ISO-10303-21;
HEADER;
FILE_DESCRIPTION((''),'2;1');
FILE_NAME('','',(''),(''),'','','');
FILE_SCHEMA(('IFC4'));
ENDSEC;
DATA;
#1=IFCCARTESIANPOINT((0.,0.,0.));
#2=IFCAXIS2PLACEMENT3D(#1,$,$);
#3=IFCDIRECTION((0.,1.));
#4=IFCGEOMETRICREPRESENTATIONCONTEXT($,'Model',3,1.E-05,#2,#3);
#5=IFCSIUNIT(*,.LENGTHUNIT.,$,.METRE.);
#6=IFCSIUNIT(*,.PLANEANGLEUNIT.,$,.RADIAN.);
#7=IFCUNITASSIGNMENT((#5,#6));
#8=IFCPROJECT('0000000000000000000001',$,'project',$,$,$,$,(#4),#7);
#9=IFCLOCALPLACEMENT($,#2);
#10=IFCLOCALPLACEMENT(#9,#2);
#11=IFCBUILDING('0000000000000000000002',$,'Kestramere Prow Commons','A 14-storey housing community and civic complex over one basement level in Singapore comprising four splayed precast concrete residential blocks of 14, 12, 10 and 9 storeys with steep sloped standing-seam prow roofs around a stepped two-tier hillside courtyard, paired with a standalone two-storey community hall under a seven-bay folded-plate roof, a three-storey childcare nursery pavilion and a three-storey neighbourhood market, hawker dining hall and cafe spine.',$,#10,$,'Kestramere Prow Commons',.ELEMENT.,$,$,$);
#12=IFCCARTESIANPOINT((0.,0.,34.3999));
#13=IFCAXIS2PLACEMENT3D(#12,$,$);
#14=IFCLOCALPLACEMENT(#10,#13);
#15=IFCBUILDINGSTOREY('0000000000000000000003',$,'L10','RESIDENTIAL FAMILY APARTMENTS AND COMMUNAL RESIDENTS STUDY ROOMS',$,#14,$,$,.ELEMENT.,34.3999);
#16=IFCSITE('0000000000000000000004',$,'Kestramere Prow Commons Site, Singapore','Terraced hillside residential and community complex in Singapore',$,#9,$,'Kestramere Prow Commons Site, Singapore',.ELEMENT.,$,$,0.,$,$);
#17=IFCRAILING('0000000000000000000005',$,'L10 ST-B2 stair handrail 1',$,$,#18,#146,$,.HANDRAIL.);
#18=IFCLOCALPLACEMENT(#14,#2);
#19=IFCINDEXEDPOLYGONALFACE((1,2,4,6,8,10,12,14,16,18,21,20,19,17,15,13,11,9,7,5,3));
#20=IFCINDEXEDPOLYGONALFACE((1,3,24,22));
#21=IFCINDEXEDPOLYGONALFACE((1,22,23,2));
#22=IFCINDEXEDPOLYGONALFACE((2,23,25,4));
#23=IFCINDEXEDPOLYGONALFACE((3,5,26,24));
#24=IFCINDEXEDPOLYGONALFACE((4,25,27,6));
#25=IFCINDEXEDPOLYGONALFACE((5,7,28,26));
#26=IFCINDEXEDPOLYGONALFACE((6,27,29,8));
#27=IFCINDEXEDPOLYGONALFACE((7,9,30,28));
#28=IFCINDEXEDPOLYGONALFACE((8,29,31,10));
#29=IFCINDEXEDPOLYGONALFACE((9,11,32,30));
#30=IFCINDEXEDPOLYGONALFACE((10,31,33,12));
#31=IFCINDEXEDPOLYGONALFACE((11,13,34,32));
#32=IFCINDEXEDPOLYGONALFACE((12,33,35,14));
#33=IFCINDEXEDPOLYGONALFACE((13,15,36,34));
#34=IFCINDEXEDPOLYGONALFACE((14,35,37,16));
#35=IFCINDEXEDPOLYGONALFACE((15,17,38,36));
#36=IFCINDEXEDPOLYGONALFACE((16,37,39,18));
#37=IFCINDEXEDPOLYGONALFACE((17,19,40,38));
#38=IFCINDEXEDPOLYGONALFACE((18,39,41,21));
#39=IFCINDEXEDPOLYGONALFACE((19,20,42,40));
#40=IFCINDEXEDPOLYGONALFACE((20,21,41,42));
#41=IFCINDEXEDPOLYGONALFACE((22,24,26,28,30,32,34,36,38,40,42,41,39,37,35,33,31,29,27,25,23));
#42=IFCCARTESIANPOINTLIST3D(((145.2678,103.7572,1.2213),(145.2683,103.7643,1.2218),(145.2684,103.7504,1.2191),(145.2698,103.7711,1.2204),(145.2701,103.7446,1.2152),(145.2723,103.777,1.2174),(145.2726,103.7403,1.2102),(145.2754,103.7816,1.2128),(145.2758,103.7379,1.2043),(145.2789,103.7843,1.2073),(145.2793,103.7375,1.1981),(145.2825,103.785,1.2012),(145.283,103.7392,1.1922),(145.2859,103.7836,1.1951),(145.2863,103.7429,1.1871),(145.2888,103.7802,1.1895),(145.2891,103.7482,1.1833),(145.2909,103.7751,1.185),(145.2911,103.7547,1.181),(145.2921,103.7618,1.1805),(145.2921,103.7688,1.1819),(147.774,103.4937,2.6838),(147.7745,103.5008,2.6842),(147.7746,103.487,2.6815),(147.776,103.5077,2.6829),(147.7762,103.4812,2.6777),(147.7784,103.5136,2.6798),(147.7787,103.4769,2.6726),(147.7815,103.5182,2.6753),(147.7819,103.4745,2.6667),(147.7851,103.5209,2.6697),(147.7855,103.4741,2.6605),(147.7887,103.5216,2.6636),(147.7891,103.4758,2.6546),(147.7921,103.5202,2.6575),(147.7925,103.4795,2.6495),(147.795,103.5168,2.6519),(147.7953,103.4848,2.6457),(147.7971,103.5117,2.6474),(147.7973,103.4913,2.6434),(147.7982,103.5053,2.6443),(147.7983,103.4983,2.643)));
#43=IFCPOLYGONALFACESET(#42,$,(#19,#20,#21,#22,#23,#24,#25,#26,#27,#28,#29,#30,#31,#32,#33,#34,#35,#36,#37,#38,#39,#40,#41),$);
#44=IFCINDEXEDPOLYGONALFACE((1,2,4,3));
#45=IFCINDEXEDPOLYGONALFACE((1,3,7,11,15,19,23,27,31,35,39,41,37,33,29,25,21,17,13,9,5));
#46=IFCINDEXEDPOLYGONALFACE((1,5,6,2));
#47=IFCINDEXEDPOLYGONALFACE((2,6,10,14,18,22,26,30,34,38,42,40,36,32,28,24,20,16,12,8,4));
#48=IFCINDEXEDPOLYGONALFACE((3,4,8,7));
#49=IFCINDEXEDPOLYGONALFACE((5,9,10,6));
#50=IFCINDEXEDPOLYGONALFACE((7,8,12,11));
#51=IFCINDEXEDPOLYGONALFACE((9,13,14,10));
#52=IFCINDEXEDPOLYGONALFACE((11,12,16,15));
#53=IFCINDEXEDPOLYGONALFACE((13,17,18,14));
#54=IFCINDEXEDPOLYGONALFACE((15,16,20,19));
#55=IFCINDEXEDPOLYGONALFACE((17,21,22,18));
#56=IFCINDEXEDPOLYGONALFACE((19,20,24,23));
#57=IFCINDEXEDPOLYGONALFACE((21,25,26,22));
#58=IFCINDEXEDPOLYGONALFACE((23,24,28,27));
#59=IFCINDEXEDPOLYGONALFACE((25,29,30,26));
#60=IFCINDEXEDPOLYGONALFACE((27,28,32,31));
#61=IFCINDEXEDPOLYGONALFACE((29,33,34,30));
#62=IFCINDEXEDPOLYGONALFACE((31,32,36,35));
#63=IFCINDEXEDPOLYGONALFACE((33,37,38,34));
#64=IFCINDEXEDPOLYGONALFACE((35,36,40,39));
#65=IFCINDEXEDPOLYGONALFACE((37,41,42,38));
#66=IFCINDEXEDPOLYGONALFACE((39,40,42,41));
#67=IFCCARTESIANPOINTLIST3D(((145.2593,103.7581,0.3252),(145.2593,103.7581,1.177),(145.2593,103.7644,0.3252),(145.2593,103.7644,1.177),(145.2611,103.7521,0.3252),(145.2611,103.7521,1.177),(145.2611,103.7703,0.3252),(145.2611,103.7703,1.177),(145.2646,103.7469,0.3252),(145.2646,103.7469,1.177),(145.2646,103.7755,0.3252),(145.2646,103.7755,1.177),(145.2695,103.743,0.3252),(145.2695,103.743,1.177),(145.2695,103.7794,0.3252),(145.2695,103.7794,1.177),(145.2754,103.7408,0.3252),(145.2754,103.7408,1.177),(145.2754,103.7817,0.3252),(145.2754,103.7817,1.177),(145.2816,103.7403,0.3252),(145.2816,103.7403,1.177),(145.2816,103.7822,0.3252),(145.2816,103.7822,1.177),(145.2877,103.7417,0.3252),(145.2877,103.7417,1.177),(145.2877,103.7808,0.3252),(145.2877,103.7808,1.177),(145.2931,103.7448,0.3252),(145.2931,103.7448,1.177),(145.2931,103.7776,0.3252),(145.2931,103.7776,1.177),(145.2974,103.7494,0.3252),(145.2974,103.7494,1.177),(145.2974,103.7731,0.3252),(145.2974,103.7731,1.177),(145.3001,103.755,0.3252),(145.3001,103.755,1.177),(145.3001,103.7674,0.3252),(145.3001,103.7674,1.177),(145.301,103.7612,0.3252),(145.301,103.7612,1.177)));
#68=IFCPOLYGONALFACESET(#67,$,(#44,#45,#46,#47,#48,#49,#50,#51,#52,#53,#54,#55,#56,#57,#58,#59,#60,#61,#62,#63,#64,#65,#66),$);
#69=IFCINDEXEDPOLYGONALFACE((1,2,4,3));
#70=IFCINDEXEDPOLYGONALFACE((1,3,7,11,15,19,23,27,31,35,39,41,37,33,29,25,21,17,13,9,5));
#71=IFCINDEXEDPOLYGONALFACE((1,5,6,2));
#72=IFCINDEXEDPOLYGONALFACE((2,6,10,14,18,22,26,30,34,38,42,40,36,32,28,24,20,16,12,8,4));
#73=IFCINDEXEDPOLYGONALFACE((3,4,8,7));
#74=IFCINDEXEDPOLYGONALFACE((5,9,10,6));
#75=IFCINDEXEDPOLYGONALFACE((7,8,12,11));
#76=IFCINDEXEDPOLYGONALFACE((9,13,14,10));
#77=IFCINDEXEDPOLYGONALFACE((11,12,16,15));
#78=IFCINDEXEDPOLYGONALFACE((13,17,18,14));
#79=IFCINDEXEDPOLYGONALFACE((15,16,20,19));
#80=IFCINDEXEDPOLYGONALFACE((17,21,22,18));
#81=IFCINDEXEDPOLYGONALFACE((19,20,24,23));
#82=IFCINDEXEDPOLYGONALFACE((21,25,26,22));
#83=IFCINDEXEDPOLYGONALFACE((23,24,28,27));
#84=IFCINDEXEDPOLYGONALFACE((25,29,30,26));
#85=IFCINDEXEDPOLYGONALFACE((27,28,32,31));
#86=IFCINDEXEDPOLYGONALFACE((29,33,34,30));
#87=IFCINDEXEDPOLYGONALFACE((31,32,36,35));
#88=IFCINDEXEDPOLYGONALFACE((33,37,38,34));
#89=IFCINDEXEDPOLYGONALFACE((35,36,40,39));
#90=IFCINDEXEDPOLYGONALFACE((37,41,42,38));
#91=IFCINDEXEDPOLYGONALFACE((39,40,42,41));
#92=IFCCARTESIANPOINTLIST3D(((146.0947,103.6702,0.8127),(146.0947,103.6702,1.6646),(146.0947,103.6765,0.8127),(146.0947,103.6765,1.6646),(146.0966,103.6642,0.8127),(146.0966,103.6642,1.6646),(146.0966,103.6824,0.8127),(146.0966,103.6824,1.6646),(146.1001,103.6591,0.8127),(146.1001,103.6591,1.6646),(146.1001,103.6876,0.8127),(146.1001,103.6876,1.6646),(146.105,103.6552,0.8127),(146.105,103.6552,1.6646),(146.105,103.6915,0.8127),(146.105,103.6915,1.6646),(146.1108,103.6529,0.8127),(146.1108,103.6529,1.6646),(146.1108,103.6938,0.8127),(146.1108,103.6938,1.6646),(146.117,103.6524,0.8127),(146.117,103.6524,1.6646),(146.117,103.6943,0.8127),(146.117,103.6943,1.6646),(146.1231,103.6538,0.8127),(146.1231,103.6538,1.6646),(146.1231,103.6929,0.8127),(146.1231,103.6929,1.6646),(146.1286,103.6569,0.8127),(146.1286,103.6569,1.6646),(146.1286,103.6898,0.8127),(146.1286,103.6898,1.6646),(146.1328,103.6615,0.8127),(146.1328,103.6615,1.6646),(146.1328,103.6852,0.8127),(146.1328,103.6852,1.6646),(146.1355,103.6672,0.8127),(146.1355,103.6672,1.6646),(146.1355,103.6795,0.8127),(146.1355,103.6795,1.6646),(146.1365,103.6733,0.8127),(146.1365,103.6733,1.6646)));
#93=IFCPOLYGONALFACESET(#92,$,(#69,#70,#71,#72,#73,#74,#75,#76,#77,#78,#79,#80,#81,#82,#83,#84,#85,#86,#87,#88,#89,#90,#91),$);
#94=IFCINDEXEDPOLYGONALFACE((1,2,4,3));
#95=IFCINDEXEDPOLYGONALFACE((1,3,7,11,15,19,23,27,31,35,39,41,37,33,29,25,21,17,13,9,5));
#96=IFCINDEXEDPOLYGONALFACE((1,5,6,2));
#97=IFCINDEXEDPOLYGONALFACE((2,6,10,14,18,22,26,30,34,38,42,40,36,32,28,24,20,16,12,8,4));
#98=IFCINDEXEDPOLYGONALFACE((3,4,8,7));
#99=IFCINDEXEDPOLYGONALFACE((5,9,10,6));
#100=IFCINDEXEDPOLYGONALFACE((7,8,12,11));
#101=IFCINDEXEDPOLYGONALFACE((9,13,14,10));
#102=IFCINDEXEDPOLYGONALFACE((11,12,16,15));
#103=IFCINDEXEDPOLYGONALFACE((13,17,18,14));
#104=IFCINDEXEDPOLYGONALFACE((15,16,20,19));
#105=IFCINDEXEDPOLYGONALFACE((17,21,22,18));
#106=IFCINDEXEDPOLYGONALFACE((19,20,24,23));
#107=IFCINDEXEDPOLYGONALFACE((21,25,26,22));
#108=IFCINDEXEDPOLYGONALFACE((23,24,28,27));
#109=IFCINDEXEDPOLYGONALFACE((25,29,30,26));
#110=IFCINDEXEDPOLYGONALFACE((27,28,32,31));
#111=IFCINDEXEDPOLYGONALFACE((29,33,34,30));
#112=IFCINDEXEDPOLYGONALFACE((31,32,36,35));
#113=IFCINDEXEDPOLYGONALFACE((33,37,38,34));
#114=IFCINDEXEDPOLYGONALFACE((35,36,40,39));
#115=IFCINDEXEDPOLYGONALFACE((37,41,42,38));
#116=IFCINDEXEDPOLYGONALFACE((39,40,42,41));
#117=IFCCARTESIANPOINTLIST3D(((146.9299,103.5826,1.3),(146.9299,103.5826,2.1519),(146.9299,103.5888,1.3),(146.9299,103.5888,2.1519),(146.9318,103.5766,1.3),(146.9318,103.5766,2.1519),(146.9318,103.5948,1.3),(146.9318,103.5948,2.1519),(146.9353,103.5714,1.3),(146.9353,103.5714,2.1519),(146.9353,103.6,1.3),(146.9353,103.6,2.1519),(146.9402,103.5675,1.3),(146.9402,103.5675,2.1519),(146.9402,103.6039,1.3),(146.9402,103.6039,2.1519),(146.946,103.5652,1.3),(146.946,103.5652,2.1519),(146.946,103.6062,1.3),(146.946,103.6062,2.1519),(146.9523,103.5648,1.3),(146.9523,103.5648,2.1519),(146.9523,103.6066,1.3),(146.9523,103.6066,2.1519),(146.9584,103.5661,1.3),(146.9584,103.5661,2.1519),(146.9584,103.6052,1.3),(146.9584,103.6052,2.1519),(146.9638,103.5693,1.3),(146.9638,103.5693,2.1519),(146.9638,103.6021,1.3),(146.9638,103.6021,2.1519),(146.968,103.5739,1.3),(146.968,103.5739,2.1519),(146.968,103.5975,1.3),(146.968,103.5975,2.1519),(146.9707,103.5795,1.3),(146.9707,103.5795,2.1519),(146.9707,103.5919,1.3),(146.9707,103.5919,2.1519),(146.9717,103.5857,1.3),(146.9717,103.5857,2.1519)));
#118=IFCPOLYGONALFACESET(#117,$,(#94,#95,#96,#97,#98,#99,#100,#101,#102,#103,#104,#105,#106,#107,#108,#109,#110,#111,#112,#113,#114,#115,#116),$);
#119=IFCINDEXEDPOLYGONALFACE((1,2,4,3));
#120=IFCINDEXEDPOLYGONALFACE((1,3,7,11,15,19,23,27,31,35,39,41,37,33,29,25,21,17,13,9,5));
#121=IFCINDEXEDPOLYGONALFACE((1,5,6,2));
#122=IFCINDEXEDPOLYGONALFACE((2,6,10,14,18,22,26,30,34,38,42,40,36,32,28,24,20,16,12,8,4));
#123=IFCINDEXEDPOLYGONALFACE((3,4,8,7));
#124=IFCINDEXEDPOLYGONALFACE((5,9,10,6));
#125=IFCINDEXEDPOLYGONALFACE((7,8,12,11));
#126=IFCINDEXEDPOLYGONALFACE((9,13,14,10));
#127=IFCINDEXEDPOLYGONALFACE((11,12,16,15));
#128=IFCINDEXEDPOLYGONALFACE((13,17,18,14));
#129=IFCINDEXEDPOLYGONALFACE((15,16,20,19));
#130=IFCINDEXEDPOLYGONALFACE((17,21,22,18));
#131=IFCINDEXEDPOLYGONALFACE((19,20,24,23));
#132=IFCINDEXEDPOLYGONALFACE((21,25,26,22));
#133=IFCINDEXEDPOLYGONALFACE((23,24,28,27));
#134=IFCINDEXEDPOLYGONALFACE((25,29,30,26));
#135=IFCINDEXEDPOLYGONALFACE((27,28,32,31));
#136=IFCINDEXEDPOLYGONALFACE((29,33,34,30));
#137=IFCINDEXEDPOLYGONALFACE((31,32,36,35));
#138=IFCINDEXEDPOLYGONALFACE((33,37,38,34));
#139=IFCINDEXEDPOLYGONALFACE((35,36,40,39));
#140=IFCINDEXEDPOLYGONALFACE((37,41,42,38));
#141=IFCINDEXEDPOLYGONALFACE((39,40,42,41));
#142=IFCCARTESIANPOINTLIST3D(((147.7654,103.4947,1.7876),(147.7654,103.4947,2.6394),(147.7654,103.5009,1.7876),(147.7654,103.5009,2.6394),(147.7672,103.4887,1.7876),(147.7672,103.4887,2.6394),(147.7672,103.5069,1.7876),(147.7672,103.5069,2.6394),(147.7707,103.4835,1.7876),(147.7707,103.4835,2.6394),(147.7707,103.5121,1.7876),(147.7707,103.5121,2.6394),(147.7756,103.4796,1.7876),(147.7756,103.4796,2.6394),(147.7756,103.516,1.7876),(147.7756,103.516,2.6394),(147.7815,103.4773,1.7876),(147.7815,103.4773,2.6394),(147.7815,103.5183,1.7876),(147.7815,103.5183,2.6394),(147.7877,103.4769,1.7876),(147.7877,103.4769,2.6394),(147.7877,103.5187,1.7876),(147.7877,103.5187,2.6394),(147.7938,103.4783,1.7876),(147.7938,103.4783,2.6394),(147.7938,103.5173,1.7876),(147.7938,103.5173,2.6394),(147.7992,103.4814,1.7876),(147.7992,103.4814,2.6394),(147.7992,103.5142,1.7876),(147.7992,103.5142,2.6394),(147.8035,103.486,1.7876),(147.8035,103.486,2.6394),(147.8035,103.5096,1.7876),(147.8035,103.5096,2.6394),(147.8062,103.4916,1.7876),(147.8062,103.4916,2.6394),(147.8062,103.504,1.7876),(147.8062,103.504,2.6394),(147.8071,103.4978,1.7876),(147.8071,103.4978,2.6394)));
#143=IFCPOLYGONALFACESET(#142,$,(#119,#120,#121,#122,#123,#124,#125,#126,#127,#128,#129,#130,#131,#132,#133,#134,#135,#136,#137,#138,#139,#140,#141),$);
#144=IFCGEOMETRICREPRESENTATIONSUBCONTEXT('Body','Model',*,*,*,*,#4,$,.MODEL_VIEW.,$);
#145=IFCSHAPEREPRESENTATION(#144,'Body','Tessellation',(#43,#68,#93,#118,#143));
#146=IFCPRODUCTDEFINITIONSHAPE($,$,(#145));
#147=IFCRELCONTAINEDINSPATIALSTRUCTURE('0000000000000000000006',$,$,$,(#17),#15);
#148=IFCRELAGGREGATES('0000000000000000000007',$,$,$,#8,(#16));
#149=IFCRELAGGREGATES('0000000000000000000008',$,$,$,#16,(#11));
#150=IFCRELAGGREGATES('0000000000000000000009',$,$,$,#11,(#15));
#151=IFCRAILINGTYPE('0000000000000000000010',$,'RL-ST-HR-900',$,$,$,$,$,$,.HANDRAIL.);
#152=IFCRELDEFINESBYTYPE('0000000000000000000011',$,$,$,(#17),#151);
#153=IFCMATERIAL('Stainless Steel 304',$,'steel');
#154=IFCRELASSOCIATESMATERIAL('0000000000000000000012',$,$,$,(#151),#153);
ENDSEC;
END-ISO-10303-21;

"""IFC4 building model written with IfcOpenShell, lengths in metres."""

from ifc_helpers import new_model, si_unit, direction, frame, origin, origin_2d, place, context, subcontext, project, spatial, circle, extrude, material, type_object, element, save


model = new_model("IFC4")

# Units and contexts
model_context = context("Model", 3, precision=1e-05, world=origin(), true_north=direction((0.0, 1.0)))
body_context = subcontext(model_context, "Body", "Model", "MODEL_VIEW")
ifc_project = project(units=[si_unit("LENGTHUNIT", "METRE"), si_unit("PLANEANGLEUNIT", "RADIAN")], contexts=[model_context])

# Site, building, storey
site_placement = place(None, origin())
site = spatial("IfcSite", under=ifc_project, at=site_placement, Name="Kestramere Prow Commons Site, Singapore", Description="Terraced hillside residential and community complex in Singapore", LongName="Kestramere Prow Commons Site, Singapore", CompositionType="ELEMENT", RefElevation=0.0)
building_placement = place(site_placement, origin())
building = spatial("IfcBuilding", under=site, at=building_placement, Name="Kestramere Prow Commons", Description="A 14-storey housing community and civic complex over one basement level in Singapore comprising four splayed precast concrete residential blocks of 14, 12, 10 and 9 storeys with steep sloped standing-seam prow roofs around a stepped two-tier hillside courtyard, paired with a standalone two-storey community hall under a seven-bay folded-plate roof, a three-storey childcare nursery pavilion and a three-storey neighbourhood market, hawker dining hall and cafe spine.", LongName="Kestramere Prow Commons", CompositionType="ELEMENT")
storey_placement = place(building_placement, frame((0.0, 0.0, 34.3999)))
storey = spatial("IfcBuildingStorey", under=building, at=storey_placement, Name="L10", Description="RESIDENTIAL FAMILY APARTMENTS AND COMMUNAL RESIDENTS STUDY ROOMS", CompositionType="ELEMENT", Elevation=34.3999)

# Railing
ifc_material_1 = material(Name="Stainless Steel 304", Category="steel")
railing_type_1 = type_object("IfcRailingType", Name="RL-ST-HR-900", PredefinedType="HANDRAIL", material=ifc_material_1)
railing_1_placement = place(storey_placement, frame((145.28, 103.7612, 0.3252)))
element("IfcRailing", 1, at=railing_1_placement, inside=storey, type_object=railing_type_1, Name="L10 ST-B2 stair handrail 1", PredefinedType="HANDRAIL", context=body_context, shape_type="SweptSolid", body=[
    extrude(circle(Radius=0.0239, at=origin_2d()), frame((0.0, 0.0, 0.876), z_axis=(0.860165, -0.090416, 0.501937), x_axis=(0.104539, 0.994521, 0.0)), (0.0, 0.0, 1.0), 2.9136),
    extrude(circle(Radius=0.021, at=origin_2d()), origin(), (0.0, 0.0, 1.0), 0.8518),
    extrude(circle(Radius=0.021, at=origin_2d()), frame((0.8354, -0.0879, 0.4875)), (0.0, 0.0, 1.0), 0.8518),
    extrude(circle(Radius=0.021, at=origin_2d()), frame((1.6707, -0.1755, 0.9749)), (0.0, 0.0, 1.0), 0.8518),
    extrude(circle(Radius=0.021, at=origin_2d()), frame((2.5061, -0.2634, 1.4624)), (0.0, 0.0, 1.0), 0.8518),
])

save(model, "model.ifc")
